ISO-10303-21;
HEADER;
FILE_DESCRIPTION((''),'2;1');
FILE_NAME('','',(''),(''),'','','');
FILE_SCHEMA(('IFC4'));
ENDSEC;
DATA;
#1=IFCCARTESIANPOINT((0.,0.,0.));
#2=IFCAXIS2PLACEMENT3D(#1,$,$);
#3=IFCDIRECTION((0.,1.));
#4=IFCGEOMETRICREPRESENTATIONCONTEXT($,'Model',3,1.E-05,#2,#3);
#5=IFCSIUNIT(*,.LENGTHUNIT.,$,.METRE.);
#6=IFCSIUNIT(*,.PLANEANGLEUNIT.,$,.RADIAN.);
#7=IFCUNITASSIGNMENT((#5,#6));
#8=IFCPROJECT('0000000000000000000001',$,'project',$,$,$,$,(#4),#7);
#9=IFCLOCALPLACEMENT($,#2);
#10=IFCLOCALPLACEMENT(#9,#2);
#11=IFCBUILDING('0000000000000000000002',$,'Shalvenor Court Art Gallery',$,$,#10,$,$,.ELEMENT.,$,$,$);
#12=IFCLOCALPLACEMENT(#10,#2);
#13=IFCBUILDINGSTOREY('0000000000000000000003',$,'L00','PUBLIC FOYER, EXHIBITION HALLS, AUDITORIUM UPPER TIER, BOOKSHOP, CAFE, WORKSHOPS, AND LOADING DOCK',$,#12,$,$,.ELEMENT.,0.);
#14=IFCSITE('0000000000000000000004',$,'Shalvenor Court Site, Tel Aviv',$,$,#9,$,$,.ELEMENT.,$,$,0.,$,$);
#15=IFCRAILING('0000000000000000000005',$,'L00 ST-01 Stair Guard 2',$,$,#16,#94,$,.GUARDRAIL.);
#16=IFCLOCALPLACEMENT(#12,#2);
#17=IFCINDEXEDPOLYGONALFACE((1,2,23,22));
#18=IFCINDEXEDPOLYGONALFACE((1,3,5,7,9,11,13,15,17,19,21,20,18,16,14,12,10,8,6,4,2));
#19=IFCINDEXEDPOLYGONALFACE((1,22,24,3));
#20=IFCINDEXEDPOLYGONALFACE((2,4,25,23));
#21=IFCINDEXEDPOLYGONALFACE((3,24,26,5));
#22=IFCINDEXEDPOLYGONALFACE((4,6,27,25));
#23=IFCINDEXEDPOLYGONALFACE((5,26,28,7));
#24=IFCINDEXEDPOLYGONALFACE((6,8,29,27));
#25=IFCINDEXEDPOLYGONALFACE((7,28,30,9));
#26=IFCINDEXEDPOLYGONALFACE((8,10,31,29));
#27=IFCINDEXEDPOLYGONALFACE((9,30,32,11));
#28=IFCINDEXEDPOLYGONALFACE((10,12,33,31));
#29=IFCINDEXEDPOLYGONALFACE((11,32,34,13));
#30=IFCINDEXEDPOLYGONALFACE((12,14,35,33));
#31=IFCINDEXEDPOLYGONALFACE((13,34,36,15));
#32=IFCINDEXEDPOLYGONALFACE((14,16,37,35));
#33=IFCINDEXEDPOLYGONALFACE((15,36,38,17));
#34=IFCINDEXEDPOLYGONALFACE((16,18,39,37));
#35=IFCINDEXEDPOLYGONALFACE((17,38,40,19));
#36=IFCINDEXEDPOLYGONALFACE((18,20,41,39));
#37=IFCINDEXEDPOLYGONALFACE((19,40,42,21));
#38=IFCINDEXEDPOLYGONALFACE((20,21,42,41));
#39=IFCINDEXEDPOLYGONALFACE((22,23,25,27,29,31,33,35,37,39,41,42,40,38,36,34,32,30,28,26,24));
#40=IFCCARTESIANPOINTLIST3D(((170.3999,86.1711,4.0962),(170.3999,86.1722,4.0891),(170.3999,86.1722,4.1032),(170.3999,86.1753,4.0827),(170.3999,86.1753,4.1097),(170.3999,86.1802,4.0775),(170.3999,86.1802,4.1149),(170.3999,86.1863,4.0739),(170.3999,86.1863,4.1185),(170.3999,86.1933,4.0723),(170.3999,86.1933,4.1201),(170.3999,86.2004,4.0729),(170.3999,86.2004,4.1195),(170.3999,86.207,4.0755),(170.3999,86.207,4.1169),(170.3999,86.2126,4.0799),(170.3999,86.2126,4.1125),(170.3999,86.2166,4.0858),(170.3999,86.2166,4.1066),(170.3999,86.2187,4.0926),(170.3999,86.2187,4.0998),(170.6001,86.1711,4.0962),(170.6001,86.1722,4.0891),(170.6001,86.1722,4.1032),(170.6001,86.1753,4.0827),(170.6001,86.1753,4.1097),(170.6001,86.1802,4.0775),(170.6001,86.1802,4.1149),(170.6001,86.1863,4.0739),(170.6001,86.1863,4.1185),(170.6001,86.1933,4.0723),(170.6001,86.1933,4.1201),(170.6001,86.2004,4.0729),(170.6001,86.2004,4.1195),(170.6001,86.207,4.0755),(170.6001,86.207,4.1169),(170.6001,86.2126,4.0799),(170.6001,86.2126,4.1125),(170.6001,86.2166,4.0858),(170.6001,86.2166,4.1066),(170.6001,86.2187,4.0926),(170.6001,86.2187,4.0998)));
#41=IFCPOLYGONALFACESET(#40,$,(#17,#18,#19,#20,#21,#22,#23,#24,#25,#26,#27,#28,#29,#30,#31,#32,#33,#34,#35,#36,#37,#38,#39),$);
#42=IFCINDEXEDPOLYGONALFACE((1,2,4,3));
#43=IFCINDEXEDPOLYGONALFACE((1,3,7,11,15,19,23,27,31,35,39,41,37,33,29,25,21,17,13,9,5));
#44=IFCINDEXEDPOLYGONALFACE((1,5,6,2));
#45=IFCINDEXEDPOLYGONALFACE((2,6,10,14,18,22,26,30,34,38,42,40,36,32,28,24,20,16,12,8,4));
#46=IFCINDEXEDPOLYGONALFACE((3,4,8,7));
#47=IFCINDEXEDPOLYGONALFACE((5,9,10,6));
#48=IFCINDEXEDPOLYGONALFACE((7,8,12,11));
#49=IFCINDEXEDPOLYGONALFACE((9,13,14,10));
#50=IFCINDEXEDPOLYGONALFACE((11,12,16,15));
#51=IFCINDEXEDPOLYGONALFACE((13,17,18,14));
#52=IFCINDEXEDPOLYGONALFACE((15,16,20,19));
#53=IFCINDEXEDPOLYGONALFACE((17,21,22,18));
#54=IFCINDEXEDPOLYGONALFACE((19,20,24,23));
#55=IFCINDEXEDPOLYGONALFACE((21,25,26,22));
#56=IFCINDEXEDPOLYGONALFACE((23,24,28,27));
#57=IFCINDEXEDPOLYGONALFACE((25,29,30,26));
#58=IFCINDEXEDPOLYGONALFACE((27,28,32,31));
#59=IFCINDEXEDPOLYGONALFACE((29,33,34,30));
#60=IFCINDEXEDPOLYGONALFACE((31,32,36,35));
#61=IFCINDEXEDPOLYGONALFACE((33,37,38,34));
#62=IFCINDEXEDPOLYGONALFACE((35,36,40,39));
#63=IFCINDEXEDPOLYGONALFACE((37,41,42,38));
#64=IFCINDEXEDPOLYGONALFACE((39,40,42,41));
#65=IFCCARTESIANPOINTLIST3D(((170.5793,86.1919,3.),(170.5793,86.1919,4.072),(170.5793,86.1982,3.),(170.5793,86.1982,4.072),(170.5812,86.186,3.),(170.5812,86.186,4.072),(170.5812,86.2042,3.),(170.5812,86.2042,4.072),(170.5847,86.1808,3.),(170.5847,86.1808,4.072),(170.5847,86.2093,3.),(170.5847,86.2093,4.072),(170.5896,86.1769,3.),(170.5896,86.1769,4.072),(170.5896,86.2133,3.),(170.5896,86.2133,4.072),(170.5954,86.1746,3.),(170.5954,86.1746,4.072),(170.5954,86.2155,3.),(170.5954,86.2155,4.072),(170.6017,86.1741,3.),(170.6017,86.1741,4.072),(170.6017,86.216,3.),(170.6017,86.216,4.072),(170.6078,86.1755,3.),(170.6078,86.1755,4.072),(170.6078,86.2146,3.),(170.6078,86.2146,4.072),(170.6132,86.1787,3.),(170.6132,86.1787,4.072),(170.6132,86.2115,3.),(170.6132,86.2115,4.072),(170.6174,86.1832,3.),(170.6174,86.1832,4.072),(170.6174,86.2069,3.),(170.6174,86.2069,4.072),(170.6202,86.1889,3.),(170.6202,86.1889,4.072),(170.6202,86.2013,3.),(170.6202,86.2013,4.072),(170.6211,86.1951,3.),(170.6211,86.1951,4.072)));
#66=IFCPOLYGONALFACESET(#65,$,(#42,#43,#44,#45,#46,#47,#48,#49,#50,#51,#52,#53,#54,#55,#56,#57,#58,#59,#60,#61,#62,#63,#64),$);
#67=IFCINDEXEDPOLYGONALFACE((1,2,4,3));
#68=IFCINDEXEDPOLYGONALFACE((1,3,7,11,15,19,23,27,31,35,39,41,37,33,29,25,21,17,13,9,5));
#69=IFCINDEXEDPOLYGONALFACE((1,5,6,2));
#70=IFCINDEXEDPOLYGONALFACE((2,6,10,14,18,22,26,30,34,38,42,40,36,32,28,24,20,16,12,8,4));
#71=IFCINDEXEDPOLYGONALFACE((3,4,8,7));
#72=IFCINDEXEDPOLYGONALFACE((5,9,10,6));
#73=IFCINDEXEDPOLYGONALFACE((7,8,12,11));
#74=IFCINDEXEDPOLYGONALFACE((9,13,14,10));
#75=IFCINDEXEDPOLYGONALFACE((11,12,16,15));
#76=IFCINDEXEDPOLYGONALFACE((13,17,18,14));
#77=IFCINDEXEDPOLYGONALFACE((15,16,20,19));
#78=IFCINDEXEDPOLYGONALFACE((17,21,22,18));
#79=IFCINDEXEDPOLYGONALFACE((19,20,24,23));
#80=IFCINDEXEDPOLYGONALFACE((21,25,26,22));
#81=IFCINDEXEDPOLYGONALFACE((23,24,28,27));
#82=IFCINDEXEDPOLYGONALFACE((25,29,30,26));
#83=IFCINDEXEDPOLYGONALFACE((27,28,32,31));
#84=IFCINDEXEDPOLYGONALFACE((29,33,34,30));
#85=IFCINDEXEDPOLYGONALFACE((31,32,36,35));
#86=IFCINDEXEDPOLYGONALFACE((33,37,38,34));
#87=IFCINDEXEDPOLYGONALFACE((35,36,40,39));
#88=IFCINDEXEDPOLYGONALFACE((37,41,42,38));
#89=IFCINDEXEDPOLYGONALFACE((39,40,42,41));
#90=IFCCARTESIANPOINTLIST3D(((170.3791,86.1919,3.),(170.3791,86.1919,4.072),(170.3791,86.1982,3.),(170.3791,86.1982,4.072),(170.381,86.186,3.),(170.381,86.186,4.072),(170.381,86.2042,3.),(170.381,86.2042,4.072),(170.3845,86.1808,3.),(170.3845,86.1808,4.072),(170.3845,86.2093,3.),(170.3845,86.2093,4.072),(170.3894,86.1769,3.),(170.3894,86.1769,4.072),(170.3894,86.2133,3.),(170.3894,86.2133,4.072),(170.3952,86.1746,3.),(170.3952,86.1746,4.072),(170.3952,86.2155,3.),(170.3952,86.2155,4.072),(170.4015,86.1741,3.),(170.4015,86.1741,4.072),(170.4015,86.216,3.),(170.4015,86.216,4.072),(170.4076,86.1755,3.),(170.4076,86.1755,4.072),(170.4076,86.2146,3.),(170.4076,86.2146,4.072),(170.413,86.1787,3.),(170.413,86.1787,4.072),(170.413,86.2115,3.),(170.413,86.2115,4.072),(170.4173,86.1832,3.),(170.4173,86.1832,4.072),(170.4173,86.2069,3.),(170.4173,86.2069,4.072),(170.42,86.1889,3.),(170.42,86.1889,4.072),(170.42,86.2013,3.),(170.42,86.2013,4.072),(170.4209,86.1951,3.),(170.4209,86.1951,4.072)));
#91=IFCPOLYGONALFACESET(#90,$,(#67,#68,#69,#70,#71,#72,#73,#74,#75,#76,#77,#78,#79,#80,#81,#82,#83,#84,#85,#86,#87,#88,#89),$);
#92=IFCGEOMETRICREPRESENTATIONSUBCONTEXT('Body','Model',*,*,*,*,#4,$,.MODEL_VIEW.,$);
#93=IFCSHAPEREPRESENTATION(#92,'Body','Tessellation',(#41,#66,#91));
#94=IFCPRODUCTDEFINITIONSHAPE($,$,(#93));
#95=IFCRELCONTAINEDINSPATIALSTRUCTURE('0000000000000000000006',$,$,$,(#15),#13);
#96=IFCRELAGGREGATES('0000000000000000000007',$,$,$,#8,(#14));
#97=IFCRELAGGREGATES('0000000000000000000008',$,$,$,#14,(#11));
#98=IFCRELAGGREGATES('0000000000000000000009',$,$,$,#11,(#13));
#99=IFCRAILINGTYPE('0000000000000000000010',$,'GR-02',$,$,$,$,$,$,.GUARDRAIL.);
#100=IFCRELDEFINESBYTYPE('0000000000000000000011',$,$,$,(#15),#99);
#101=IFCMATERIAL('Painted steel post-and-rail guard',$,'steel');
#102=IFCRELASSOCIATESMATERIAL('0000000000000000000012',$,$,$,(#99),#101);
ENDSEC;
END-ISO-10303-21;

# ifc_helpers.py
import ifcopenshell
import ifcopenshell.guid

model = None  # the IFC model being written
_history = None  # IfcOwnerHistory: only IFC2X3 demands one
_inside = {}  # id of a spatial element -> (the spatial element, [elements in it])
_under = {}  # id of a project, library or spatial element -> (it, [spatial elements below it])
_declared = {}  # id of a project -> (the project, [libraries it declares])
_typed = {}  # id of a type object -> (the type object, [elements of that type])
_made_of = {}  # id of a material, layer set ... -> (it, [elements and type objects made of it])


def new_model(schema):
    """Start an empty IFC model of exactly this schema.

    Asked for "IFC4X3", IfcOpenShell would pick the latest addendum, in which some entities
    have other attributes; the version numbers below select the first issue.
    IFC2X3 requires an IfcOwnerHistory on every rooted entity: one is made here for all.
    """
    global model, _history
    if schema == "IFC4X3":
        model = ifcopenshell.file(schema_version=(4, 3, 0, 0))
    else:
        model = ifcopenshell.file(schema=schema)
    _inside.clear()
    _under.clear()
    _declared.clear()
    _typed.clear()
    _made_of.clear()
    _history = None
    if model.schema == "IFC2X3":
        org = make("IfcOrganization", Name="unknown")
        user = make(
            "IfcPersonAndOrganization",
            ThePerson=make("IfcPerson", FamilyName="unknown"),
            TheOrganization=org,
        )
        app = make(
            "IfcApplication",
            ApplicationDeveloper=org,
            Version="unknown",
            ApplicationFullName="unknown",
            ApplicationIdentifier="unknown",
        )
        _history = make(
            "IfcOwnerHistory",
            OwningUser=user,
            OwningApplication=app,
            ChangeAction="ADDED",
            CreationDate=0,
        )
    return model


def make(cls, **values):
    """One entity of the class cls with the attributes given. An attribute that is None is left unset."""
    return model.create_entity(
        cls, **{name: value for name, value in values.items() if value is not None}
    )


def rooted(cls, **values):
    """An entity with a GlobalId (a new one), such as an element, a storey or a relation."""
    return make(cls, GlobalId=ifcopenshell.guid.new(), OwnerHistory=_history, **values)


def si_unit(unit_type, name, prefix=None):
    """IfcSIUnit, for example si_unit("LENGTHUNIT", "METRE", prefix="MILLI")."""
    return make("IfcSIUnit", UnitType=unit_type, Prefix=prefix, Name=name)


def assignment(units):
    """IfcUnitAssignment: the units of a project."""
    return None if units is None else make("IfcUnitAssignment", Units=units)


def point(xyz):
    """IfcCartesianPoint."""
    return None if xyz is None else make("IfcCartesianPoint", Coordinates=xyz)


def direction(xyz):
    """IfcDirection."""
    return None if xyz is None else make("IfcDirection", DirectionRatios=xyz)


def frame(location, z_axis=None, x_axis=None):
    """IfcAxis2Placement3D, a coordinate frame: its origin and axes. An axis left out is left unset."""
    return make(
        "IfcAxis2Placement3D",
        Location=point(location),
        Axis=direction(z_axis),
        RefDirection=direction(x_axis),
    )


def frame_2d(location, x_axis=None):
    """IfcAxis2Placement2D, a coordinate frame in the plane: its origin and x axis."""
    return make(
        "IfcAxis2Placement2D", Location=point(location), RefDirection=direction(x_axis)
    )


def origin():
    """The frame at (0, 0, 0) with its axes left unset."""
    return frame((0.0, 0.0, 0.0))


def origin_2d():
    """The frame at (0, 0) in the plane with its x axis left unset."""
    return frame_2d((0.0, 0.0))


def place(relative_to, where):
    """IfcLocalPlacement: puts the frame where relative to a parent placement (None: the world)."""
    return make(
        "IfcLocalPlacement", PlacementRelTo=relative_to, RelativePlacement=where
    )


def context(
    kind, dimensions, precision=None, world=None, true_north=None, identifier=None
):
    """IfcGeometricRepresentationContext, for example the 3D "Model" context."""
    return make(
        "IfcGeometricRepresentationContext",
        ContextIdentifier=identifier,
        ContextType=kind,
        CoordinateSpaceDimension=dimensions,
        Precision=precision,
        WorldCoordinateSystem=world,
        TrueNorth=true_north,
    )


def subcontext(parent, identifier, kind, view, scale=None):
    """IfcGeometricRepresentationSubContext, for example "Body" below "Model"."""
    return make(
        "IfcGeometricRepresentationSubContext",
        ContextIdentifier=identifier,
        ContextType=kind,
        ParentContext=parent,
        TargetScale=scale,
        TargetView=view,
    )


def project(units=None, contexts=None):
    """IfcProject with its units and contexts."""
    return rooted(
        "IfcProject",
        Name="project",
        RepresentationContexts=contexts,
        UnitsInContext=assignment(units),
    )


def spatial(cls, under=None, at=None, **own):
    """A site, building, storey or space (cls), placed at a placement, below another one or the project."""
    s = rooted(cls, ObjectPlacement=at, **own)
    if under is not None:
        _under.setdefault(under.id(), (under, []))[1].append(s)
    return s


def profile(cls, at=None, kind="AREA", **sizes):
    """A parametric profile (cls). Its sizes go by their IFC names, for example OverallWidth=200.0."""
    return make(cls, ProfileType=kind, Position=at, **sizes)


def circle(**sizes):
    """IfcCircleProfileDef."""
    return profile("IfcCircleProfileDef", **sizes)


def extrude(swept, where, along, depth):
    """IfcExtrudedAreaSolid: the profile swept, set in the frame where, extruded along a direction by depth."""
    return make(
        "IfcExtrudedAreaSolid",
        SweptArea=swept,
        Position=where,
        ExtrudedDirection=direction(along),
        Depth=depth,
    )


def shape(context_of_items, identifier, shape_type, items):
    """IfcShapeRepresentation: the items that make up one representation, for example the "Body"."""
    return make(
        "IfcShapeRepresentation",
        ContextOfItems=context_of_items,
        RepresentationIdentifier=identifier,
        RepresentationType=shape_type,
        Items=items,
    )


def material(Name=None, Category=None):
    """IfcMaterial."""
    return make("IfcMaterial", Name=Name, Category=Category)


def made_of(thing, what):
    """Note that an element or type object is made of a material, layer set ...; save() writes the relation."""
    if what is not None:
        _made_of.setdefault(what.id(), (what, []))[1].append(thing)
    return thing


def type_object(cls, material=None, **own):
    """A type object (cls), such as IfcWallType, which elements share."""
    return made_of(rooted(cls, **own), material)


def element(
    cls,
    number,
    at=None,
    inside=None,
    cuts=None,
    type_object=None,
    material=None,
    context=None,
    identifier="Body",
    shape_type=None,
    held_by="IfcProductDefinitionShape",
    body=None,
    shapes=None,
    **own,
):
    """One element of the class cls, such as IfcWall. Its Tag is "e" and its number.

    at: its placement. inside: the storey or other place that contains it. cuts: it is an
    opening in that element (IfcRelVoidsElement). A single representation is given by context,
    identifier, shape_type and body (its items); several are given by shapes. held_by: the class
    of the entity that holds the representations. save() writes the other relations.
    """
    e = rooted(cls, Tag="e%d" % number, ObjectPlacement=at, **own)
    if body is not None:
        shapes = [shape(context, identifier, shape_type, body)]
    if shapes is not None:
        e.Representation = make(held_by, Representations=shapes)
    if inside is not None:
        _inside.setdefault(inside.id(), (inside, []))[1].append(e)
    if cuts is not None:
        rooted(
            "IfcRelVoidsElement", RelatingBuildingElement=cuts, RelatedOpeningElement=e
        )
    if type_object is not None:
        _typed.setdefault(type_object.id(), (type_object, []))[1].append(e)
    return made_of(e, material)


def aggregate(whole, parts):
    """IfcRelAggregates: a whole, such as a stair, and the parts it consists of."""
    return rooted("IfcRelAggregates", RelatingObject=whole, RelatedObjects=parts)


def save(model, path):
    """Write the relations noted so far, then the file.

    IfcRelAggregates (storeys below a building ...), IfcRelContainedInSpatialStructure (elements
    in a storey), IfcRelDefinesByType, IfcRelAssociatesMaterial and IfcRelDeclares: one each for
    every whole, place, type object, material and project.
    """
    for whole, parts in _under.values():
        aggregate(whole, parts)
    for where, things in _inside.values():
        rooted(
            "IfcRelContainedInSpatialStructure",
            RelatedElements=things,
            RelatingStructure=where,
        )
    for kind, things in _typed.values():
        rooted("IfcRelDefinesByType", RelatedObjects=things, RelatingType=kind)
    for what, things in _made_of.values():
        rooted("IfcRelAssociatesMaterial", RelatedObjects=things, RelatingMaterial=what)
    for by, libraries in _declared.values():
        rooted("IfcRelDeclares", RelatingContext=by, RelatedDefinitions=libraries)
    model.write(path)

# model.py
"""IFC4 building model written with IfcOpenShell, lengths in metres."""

from ifc_helpers import new_model, si_unit, direction, frame, origin, origin_2d, place, context, subcontext, project, spatial, circle, extrude, material, type_object, element, save


model = new_model("IFC4")

# Units and contexts
model_context = context("Model", 3, precision=1e-05, world=origin(), true_north=direction((0.0, 1.0)))
body_context = subcontext(model_context, "Body", "Model", "MODEL_VIEW")
ifc_project = project(units=[si_unit("LENGTHUNIT", "METRE"), si_unit("PLANEANGLEUNIT", "RADIAN")], contexts=[model_context])

# Site, building, storey
site_placement = place(None, origin())
site = spatial("IfcSite", under=ifc_project, at=site_placement, Name="Shalvenor Court Site, Tel Aviv", CompositionType="ELEMENT", RefElevation=0.0)
building_placement = place(site_placement, origin())
building = spatial("IfcBuilding", under=site, at=building_placement, Name="Shalvenor Court Art Gallery", CompositionType="ELEMENT")
storey_placement = place(building_placement, origin())
storey = spatial("IfcBuildingStorey", under=building, at=storey_placement, Name="L00", Description="PUBLIC FOYER, EXHIBITION HALLS, AUDITORIUM UPPER TIER, BOOKSHOP, CAFE, WORKSHOPS, AND LOADING DOCK", CompositionType="ELEMENT", Elevation=0.0)

# Railing
ifc_material_1 = material(Name="Painted steel post-and-rail guard", Category="steel")
railing_type_1 = type_object("IfcRailingType", Name="GR-02", PredefinedType="GUARDRAIL", material=ifc_material_1)
railing_1_placement = place(storey_placement, frame((170.6001, 86.1951, 3.0)))
element("IfcRailing", 1, at=railing_1_placement, inside=storey, type_object=railing_type_1, Name="L00 ST-01 Stair Guard 2", PredefinedType="GUARDRAIL", context=body_context, shape_type="SweptSolid", body=[
    extrude(circle(Radius=0.0239, at=origin_2d()), frame((0.0, 0.0, 1.0962), z_axis=(-1.0, 0.0, 0.0), x_axis=(0.0, -1.0, 0.0)), (0.0, 0.0, 1.0), 0.2002),
    extrude(circle(Radius=0.021, at=origin_2d()), origin(), (0.0, 0.0, 1.0), 1.072),
    extrude(circle(Radius=0.021, at=origin_2d()), frame((-0.2002, 0.0, 0.0)), (0.0, 0.0, 1.0), 1.072),
])

save(model, "model.ifc")
